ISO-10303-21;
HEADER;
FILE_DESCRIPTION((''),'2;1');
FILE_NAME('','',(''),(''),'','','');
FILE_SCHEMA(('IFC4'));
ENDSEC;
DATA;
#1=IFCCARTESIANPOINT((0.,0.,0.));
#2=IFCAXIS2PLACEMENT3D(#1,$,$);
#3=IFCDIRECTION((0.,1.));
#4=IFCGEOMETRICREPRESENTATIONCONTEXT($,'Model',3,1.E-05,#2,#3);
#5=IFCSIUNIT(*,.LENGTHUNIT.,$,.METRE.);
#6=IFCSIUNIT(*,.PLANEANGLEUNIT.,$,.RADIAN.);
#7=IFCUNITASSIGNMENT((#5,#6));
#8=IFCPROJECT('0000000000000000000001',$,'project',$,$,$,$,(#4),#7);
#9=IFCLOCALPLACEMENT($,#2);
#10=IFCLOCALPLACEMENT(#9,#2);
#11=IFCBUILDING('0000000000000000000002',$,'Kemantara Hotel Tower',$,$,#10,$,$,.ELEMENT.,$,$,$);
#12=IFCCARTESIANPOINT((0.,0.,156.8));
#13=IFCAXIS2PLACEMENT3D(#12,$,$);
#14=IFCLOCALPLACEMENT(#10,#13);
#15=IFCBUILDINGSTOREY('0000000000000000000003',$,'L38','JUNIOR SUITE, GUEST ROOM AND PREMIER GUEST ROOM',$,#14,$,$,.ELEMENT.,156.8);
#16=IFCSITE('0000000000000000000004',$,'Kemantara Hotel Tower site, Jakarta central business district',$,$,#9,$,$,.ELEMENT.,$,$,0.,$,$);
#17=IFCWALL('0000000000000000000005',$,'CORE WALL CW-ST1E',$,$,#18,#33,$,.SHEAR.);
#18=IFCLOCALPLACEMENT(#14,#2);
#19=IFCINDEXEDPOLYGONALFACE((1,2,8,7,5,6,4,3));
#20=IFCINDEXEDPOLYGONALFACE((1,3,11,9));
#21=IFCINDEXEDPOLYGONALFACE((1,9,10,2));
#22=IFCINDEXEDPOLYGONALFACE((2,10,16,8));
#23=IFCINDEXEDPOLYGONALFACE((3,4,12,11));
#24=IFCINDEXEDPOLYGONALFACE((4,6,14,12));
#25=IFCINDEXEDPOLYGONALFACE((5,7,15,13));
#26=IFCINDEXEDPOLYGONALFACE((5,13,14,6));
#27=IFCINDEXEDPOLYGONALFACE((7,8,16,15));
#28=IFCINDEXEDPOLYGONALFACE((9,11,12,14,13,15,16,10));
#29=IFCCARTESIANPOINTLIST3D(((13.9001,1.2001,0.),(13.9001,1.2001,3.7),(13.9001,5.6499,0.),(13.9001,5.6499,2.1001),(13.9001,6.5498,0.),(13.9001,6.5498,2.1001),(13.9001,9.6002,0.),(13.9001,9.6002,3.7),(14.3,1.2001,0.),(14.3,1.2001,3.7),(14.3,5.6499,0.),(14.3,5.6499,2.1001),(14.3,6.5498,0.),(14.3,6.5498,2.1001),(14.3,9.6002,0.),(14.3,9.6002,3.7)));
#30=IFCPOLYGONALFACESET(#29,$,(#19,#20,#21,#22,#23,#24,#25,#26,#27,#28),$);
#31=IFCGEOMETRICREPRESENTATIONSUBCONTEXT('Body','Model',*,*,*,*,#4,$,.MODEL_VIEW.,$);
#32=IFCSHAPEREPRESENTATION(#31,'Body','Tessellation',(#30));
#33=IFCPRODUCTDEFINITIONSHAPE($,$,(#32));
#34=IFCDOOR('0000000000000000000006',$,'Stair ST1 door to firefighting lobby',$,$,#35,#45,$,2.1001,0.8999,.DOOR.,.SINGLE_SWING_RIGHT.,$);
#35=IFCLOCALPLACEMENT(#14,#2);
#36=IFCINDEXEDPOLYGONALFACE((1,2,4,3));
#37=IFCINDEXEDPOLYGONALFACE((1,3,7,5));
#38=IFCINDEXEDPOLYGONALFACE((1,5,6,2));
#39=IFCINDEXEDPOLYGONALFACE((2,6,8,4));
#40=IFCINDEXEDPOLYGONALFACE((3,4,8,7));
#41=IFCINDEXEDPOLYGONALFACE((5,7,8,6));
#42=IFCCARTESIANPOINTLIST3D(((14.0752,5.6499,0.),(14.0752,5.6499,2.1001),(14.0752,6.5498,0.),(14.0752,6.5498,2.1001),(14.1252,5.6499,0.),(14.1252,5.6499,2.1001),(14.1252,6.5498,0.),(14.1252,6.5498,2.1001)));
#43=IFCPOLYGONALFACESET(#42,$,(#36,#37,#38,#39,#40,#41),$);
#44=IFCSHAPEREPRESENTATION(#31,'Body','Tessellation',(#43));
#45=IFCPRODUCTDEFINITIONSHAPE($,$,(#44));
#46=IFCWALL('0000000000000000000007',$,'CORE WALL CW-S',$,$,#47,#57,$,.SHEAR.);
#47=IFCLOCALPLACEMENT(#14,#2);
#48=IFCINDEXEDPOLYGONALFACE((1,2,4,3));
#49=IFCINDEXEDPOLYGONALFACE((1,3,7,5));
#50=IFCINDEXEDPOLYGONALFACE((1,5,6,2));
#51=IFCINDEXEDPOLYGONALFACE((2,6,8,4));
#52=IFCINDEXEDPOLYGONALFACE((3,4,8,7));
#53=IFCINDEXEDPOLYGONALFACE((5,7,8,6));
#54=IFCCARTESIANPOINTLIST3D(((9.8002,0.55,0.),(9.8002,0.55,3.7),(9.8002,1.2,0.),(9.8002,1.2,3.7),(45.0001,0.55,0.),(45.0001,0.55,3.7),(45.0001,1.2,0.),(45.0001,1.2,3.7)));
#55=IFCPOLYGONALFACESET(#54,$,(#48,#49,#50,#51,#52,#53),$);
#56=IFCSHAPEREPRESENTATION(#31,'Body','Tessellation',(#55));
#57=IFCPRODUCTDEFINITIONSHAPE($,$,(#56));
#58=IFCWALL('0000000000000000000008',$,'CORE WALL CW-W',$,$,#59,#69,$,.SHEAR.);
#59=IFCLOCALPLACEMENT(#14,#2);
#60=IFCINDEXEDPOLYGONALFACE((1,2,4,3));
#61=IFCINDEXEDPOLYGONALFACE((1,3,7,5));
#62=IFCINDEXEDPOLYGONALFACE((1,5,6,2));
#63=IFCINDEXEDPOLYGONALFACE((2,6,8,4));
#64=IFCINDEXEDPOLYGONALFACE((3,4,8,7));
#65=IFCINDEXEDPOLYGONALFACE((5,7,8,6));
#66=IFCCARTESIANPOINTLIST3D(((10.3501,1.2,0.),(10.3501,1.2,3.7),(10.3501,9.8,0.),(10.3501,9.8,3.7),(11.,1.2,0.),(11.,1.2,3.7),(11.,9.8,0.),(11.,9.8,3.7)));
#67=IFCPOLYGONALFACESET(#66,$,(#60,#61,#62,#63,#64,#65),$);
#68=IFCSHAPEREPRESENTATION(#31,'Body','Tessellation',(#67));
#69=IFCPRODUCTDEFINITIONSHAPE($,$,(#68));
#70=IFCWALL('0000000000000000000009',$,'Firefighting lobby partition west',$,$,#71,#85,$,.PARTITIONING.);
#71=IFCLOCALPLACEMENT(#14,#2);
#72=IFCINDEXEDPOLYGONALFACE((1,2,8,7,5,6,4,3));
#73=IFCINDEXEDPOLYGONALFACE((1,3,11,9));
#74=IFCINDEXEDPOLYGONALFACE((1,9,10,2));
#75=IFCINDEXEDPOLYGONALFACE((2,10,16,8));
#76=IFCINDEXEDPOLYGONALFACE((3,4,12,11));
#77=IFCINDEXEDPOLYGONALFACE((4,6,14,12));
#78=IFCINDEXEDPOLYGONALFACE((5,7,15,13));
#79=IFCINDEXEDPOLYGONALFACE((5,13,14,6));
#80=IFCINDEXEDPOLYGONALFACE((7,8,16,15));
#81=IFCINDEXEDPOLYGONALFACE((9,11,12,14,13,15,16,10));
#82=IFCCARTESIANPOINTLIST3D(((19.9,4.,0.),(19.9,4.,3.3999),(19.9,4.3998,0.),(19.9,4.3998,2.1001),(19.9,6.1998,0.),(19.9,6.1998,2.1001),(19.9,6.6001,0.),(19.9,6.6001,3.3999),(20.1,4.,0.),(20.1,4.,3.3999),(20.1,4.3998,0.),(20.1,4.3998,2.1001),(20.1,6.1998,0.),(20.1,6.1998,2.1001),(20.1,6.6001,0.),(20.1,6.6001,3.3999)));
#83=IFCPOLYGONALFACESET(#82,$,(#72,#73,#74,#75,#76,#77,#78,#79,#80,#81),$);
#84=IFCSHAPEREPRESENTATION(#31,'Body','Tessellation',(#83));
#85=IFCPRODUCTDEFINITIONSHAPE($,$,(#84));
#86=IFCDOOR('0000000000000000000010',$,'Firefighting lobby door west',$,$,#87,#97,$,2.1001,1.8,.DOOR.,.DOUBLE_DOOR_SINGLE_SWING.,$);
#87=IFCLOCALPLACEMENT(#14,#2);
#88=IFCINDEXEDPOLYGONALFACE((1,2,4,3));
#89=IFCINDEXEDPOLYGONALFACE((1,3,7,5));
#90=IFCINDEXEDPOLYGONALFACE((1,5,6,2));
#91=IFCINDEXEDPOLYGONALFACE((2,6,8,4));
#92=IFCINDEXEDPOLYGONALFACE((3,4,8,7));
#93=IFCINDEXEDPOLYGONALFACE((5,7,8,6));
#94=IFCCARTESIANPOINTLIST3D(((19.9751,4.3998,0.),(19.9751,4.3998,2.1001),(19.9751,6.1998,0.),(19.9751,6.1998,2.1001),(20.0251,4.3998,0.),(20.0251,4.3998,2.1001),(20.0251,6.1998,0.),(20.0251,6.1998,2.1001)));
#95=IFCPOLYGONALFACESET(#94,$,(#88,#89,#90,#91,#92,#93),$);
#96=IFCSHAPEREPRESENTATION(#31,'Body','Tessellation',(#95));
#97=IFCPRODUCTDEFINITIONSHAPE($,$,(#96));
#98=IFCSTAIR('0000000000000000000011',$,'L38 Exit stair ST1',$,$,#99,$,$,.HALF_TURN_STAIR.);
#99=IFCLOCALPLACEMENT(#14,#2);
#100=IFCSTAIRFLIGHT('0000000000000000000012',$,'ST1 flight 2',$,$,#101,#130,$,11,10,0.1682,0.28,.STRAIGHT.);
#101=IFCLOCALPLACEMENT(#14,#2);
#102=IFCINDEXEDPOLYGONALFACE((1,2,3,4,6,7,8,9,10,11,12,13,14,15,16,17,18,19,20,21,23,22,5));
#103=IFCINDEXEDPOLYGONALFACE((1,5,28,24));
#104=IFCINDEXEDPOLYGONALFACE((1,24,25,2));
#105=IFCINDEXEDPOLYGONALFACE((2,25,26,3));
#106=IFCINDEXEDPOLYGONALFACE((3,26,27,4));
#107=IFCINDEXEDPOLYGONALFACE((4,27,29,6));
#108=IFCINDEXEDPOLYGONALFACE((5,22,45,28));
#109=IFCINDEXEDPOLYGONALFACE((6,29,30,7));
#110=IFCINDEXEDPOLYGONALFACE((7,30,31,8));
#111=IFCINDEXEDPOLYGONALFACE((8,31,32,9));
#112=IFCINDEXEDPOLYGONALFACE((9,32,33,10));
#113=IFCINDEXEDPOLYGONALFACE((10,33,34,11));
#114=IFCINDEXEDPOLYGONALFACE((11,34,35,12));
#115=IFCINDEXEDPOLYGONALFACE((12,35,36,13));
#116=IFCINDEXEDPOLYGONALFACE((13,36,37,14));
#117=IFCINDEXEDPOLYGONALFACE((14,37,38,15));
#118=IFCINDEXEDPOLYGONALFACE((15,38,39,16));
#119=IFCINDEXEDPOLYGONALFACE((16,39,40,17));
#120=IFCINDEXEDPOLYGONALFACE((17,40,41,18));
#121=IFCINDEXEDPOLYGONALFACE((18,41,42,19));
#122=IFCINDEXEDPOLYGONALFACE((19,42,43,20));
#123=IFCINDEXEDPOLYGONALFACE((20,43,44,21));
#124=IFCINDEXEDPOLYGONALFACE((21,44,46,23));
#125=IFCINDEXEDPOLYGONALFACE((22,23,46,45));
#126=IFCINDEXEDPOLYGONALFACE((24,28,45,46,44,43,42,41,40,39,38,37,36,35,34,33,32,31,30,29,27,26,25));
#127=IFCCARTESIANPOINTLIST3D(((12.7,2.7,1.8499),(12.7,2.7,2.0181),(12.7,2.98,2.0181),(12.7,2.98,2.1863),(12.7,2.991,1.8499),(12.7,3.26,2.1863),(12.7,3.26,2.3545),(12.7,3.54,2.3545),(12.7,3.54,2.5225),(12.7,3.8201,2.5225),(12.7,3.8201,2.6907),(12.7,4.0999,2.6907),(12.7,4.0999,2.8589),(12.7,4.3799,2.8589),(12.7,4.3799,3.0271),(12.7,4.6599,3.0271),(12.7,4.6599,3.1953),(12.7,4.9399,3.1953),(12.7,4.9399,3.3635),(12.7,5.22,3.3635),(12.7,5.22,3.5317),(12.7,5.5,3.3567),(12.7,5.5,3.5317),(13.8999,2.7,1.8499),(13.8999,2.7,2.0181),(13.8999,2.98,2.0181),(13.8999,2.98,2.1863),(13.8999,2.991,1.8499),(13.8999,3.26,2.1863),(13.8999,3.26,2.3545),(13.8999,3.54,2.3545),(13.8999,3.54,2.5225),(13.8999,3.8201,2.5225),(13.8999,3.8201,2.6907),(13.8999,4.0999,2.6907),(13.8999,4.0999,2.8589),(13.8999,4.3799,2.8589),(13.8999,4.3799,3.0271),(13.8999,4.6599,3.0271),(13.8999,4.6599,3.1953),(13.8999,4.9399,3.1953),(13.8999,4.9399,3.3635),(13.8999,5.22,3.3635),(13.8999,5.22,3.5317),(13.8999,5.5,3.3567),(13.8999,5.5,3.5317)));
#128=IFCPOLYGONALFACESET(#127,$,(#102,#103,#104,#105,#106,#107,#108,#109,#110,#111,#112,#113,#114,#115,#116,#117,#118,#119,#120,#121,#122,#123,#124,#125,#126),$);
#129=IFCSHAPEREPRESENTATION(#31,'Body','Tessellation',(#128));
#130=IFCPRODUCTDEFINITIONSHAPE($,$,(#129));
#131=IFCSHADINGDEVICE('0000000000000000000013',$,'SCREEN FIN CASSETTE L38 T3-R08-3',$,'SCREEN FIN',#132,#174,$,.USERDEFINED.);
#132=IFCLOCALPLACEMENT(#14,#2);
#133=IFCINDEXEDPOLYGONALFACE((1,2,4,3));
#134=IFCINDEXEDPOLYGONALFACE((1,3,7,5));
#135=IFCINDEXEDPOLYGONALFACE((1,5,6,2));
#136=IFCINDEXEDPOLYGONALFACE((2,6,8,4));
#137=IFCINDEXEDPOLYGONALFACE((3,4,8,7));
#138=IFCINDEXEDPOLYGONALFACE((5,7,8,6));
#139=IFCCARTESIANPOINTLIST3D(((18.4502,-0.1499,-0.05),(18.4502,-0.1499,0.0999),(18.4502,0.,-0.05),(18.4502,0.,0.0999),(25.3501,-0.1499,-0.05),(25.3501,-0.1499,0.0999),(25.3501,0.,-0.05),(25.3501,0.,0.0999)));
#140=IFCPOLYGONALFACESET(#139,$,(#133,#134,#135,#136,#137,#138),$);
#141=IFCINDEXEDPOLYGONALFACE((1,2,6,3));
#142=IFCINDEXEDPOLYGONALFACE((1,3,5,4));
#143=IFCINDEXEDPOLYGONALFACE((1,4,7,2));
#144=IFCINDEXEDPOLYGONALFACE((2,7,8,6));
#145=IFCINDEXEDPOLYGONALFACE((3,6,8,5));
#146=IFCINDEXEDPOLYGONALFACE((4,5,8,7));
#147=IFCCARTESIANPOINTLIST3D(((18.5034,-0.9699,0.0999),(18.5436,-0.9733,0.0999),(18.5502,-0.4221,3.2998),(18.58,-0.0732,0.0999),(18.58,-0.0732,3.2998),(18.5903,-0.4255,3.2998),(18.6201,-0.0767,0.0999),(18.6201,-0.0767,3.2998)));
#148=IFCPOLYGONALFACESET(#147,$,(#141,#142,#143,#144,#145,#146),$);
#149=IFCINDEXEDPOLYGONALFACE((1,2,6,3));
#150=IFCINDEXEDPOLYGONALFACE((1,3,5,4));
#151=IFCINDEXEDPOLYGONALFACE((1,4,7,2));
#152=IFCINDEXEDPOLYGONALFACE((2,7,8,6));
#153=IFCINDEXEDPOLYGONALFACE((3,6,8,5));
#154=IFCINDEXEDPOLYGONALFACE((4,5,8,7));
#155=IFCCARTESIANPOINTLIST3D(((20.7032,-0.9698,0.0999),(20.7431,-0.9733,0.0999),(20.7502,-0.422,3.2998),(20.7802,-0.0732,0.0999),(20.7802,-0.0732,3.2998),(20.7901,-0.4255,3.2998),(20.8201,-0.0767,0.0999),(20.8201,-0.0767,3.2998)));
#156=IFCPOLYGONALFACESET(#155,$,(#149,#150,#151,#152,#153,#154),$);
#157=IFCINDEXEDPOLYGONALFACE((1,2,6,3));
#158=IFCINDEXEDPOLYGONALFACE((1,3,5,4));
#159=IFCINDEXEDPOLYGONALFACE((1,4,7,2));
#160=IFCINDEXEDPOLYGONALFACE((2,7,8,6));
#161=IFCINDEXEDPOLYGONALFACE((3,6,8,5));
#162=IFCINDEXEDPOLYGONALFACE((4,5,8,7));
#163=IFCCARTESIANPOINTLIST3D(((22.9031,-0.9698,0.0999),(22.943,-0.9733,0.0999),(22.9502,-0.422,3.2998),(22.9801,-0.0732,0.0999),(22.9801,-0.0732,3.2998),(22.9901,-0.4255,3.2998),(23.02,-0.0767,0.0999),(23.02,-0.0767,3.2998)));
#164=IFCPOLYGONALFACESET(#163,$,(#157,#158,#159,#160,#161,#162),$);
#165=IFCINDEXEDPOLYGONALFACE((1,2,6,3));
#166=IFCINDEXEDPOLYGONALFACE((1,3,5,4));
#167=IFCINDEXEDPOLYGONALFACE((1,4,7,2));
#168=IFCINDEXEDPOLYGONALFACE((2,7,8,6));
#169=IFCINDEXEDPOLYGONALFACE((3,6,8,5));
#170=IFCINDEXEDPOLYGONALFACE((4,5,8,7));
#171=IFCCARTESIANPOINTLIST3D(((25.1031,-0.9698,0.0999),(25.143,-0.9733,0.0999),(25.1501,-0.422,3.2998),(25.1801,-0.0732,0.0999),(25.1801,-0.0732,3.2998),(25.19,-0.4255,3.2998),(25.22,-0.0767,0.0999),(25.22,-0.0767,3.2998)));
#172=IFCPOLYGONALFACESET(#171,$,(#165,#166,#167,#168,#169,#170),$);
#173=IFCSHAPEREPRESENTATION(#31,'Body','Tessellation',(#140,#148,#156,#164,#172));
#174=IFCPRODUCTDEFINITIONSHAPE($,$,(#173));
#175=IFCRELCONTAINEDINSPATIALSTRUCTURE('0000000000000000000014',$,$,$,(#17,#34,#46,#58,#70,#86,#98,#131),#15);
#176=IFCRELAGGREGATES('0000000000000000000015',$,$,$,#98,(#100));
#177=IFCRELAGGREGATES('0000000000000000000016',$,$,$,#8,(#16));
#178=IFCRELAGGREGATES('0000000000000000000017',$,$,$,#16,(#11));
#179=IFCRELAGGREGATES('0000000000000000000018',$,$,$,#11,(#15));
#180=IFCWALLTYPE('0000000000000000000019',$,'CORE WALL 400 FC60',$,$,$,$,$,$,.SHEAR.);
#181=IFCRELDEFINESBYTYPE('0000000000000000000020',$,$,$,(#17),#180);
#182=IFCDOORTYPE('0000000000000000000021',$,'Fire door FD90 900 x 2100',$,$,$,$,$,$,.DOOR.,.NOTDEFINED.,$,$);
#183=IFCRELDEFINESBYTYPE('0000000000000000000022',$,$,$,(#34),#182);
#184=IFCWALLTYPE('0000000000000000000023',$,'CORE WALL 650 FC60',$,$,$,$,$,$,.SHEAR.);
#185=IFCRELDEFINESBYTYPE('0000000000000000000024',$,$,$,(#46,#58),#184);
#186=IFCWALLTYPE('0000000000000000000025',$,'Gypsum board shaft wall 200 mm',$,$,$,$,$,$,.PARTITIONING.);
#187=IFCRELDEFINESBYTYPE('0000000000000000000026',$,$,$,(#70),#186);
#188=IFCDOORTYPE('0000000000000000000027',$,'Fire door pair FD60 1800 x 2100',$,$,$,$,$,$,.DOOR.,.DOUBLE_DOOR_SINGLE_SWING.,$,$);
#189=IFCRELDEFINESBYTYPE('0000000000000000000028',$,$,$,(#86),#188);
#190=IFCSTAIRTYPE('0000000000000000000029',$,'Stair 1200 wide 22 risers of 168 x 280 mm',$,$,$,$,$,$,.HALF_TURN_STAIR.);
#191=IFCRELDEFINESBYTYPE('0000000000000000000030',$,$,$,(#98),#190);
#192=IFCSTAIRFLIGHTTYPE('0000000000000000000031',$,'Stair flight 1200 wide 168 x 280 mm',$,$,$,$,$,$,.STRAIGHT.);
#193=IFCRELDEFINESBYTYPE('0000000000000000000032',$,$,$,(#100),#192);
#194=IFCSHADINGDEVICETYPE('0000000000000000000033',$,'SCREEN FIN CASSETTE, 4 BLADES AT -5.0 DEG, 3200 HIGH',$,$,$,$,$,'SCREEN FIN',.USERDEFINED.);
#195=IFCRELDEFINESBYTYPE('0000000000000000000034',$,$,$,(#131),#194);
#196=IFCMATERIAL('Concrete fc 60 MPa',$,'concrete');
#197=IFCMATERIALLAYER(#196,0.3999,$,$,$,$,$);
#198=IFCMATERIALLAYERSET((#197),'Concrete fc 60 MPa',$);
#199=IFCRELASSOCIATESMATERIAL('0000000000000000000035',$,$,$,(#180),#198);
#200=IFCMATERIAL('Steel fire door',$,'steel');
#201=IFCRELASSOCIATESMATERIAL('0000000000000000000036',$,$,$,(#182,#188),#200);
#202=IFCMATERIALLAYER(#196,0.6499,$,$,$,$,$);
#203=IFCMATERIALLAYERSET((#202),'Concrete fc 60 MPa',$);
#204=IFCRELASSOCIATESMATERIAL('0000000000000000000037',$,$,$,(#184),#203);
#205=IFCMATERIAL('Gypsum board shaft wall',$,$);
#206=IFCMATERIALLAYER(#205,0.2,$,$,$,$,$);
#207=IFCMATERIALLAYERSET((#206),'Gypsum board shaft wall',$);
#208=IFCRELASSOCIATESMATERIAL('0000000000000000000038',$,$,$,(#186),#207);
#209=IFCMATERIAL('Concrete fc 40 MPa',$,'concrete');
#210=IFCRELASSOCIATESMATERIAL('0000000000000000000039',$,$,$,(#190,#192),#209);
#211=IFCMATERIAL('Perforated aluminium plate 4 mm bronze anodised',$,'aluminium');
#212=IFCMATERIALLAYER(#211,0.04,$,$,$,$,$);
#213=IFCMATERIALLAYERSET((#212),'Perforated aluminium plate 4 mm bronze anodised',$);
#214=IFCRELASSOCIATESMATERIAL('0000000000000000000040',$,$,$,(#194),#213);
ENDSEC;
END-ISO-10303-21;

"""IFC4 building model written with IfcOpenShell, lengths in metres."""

from ifc_helpers import new_model, si_unit, direction, frame, frame_2d, origin, origin_2d, place, context, subcontext, project, spatial, polyline, rectangle, outline, extrude, source, transform, mapped, material, layer, layer_set, type_object, element, fill, aggregate, save


model = new_model("IFC4")

# Units and contexts
model_context = context("Model", 3, precision=1e-05, world=origin(), true_north=direction((0.0, 1.0)))
body_context = subcontext(model_context, "Body", "Model", "MODEL_VIEW")
ifc_project = project(units=[si_unit("LENGTHUNIT", "METRE"), si_unit("PLANEANGLEUNIT", "RADIAN")], contexts=[model_context])

# Site, building, storey
site_placement = place(None, origin())
site = spatial("IfcSite", under=ifc_project, at=site_placement, Name="Kemantara Hotel Tower site, Jakarta central business district", CompositionType="ELEMENT", RefElevation=0.0)
building_placement = place(site_placement, origin())
building = spatial("IfcBuilding", under=site, at=building_placement, Name="Kemantara Hotel Tower", CompositionType="ELEMENT")
storey_placement = place(building_placement, frame((0.0, 0.0, 156.8)))
storey = spatial("IfcBuildingStorey", under=building, at=storey_placement, Name="L38", Description="JUNIOR SUITE, GUEST ROOM AND PREMIER GUEST ROOM", CompositionType="ELEMENT", Elevation=156.8)

# Shared definitions
ifc_material_1 = material(Name="Concrete fc 60 MPa", Category="concrete")

# Shared definitions
ifc_layer_1 = layer(ifc_material_1, 0.3999)
ifc_layer_set_1 = layer_set([ifc_layer_1], Name="Concrete fc 60 MPa")
wall_type_1 = type_object("IfcWallType", Name="CORE WALL 400 FC60", PredefinedType="SHEAR", material=ifc_layer_set_1)
ifc_material_2 = material(Name="Steel fire door", Category="steel")

# Wall, opening, door
wall_1_placement = place(storey_placement, frame((14.1001, 1.2, 0.0), z_axis=(0.0, 0.0, 1.0), x_axis=(0.0, 1.0, 0.0)))
wall_1 = element("IfcWall", 1, at=wall_1_placement, inside=storey, type_object=wall_type_1, Name="CORE WALL CW-ST1E", PredefinedType="SHEAR", context=body_context, shape_type="SweptSolid", body=[
    extrude(rectangle(XDim=8.4001, YDim=0.3999, at=frame_2d((4.2002, 0.0))), origin(), (0.0, 0.0, 1.0), 3.7),
])
opening_1_placement = place(wall_1_placement, frame((4.45, 0.0, 0.0)))
opening_1 = element("IfcOpeningElement", 2, at=opening_1_placement, cuts=wall_1, PredefinedType="OPENING", context=body_context, shape_type="SweptSolid", body=[
    extrude(rectangle(XDim=0.8999, YDim=2.1001, at=frame_2d((0.45, 1.05))), frame((0.0, 0.21, 0.0), z_axis=(0.0, -1.0, 0.0), x_axis=(1.0, 0.0, 0.0)), (0.0, 0.0, 1.0), 0.4199),
])
door_type_1 = type_object("IfcDoorType", Name="Fire door FD90 900 x 2100", OperationType="NOTDEFINED", PredefinedType="DOOR", material=ifc_material_2)
door_1_placement = place(opening_1_placement, origin())
door_1 = element("IfcDoor", 3, at=door_1_placement, inside=storey, type_object=door_type_1, Name="Stair ST1 door to firefighting lobby", OperationType="SINGLE_SWING_RIGHT", OverallHeight=2.1001, OverallWidth=0.8999, PredefinedType="DOOR", context=body_context, shape_type="SweptSolid", body=[
    extrude(rectangle(XDim=0.8999, YDim=2.1001, at=frame_2d((0.45, 1.05))), frame((0.0, 0.0249, 0.0), z_axis=(0.0, -1.0, 0.0), x_axis=(1.0, 0.0, 0.0)), (0.0, 0.0, 1.0), 0.05),
])
fill(opening_1, door_1)

# Walls
ifc_layer_2 = layer(ifc_material_1, 0.6499)
ifc_layer_set_2 = layer_set([ifc_layer_2], Name="Concrete fc 60 MPa")
wall_type_2 = type_object("IfcWallType", Name="CORE WALL 650 FC60", PredefinedType="SHEAR", material=ifc_layer_set_2)
wall_2_placement = place(storey_placement, frame((9.8, 0.875, 0.0), z_axis=(0.0, 0.0, 1.0), x_axis=(1.0, 0.0, 0.0)))
element("IfcWall", 4, at=wall_2_placement, inside=storey, type_object=wall_type_2, Name="CORE WALL CW-S", PredefinedType="SHEAR", context=body_context, shape_type="SweptSolid", body=[
    extrude(rectangle(XDim=35.2, YDim=0.6499, at=frame_2d((17.6001, 0.0))), origin(), (0.0, 0.0, 1.0), 3.7),
])
wall_3_placement = place(storey_placement, frame((10.675, 1.2, 0.0), z_axis=(0.0, 0.0, 1.0), x_axis=(0.0, 1.0, 0.0)))
element("IfcWall", 5, at=wall_3_placement, inside=storey, type_object=wall_type_2, Name="CORE WALL CW-W", PredefinedType="SHEAR", context=body_context, shape_type="SweptSolid", body=[
    extrude(rectangle(XDim=8.6001, YDim=0.6499, at=frame_2d((4.3, 0.0))), origin(), (0.0, 0.0, 1.0), 3.7),
])

# Wall, opening, door
ifc_material_3 = material(Name="Gypsum board shaft wall")
ifc_layer_3 = layer(ifc_material_3, 0.2)
ifc_layer_set_3 = layer_set([ifc_layer_3], Name="Gypsum board shaft wall")
wall_type_3 = type_object("IfcWallType", Name="Gypsum board shaft wall 200 mm", PredefinedType="PARTITIONING", material=ifc_layer_set_3)
wall_4_placement = place(storey_placement, frame((20.0, 4.0, 0.0), z_axis=(0.0, 0.0, 1.0), x_axis=(0.0, 1.0, 0.0)))
wall_4 = element("IfcWall", 6, at=wall_4_placement, inside=storey, type_object=wall_type_3, Name="Firefighting lobby partition west", PredefinedType="PARTITIONING", context=body_context, shape_type="SweptSolid", body=[
    extrude(rectangle(XDim=2.6001, YDim=0.2, at=frame_2d((1.3, 0.0))), origin(), (0.0, 0.0, 1.0), 3.3999),
])
opening_2_placement = place(wall_4_placement, frame((0.3999, 0.0, 0.0)))
opening_2 = element("IfcOpeningElement", 7, at=opening_2_placement, cuts=wall_4, PredefinedType="OPENING", context=body_context, shape_type="SweptSolid", body=[
    extrude(rectangle(XDim=1.8, YDim=2.1001, at=frame_2d((0.8999, 1.05))), frame((0.0, 0.1099, 0.0), z_axis=(0.0, -1.0, 0.0), x_axis=(1.0, 0.0, 0.0)), (0.0, 0.0, 1.0), 0.22),
])
door_type_2 = type_object("IfcDoorType", Name="Fire door pair FD60 1800 x 2100", OperationType="DOUBLE_DOOR_SINGLE_SWING", PredefinedType="DOOR", material=ifc_material_2)
door_2_placement = place(opening_2_placement, origin())
door_2 = element("IfcDoor", 8, at=door_2_placement, inside=storey, type_object=door_type_2, Name="Firefighting lobby door west", OperationType="DOUBLE_DOOR_SINGLE_SWING", OverallHeight=2.1001, OverallWidth=1.8, PredefinedType="DOOR", context=body_context, shape_type="SweptSolid", body=[
    extrude(rectangle(XDim=1.8, YDim=2.1001, at=frame_2d((0.8999, 1.05))), frame((0.0, 0.0249, 0.0), z_axis=(0.0, -1.0, 0.0), x_axis=(1.0, 0.0, 0.0)), (0.0, 0.0, 1.0), 0.05),
])
fill(opening_2, door_2)

# Stair, stair flight
ifc_material_4 = material(Name="Concrete fc 40 MPa", Category="concrete")
stair_type = type_object("IfcStairType", Name="Stair 1200 wide 22 risers of 168 x 280 mm", PredefinedType="HALF_TURN_STAIR", material=ifc_material_4)
stair_placement = place(storey_placement, origin())
stair = element("IfcStair", 9, at=stair_placement, inside=storey, type_object=stair_type, Name="L38 Exit stair ST1", PredefinedType="HALF_TURN_STAIR")
stair_flight_type = type_object("IfcStairFlightType", Name="Stair flight 1200 wide 168 x 280 mm", PredefinedType="STRAIGHT", material=ifc_material_4)
stair_flight_placement = place(storey_placement, frame((13.3, 2.7, 1.8499), z_axis=(0.0, 0.0, 1.0), x_axis=(0.0, 1.0, 0.0)))
stair_flight = element("IfcStairFlight", 10, at=stair_flight_placement, type_object=stair_flight_type, Name="ST1 flight 2", NumberOfRisers=11, NumberOfTreads=10, PredefinedType="STRAIGHT", RiserHeight=0.1682, TreadLength=0.28, context=body_context, shape_type="SweptSolid", body=[
    extrude(outline(polyline([(0.0, 0.0), (0.0, 0.1682), (0.28, 0.1682), (0.28, 0.3364), (0.5601, 0.3364), (0.5601, 0.5046), (0.8401, 0.5046), (0.8401, 0.6726), (1.1201, 0.6726), (1.1201, 0.8408), (1.3999, 0.8408), (1.3999, 1.009), (1.6799, 1.009), (1.6799, 1.1772), (1.96, 1.1772), (1.96, 1.3455), (2.24, 1.3455), (2.24, 1.5137), (2.52, 1.5137), (2.52, 1.6819), (2.8, 1.6819), (2.8, 1.8501), (2.8, 1.5068), (0.291, 0.0), (0.0, 0.0)])), frame((0.0, 0.6001, 0.0), z_axis=(0.0, -1.0, 0.0), x_axis=(1.0, 0.0, 0.0)), (0.0, 0.0, 1.0), 1.2),
])
aggregate(stair, [stair_flight])

# Shading device
ifc_material_5 = material(Name="Perforated aluminium plate 4 mm bronze anodised", Category="aluminium")
ifc_layer_4 = layer(ifc_material_5, 0.04)
ifc_layer_set_4 = layer_set([ifc_layer_4], Name="Perforated aluminium plate 4 mm bronze anodised")
shading_device_type = type_object("IfcShadingDeviceType", Name="SCREEN FIN CASSETTE, 4 BLADES AT -5.0 DEG, 3200 HIGH", ElementType="SCREEN FIN", PredefinedType="USERDEFINED", material=ifc_layer_set_4)
shared_shape = source(origin(), body_context, "Body", "SweptSolid", [
    extrude(rectangle(XDim=6.8999, YDim=0.1499, at=origin_2d()), frame((3.3, -0.075, -0.1499), z_axis=(0.0, 0.0, 1.0), x_axis=(1.0, 0.0, 0.0)), (0.0, 0.0, 1.0), 0.1499),
    extrude(outline(polyline([(0.0, 0.0), (0.8999, 0.0), (0.3501, 3.2), (0.0, 3.2), (0.0, 0.0)])), frame((0.02, -0.0767, 0.0), z_axis=(-0.996376, 0.085056, 0.0), x_axis=(-0.085056, -0.996376, 0.0)), (0.0, 0.0, 1.0), 0.0403),
    extrude(outline(polyline([(0.0, 0.0), (0.8999, 0.0), (0.3501, 3.2), (0.0, 3.2), (0.0, 0.0)])), frame((2.22, -0.0767, 0.0), z_axis=(-0.996332, 0.085575, 0.0), x_axis=(-0.085575, -0.996332, 0.0)), (0.0, 0.0, 1.0), 0.04),
    extrude(outline(polyline([(0.0, 0.0), (0.8999, 0.0), (0.3501, 3.2), (0.0, 3.2), (0.0, 0.0)])), frame((4.4199, -0.0767, 0.0), z_axis=(-0.996332, 0.085575, 0.0), x_axis=(-0.085575, -0.996332, 0.0)), (0.0, 0.0, 1.0), 0.04),
    extrude(outline(polyline([(0.0, 0.0), (0.8999, 0.0), (0.3501, 3.2), (0.0, 3.2), (0.0, 0.0)])), frame((6.6199, -0.0767, 0.0), z_axis=(-0.996332, 0.085575, 0.0), x_axis=(-0.085575, -0.996332, 0.0)), (0.0, 0.0, 1.0), 0.04),
])
shading_device_placement = place(storey_placement, frame((18.6001, 0.0, 0.0999), z_axis=(0.0, 0.0, 1.0), x_axis=(1.0, 0.0, 0.0)))
element("IfcShadingDevice", 11, at=shading_device_placement, inside=storey, type_object=shading_device_type, Name="SCREEN FIN CASSETTE L38 T3-R08-3", ObjectType="SCREEN FIN", PredefinedType="USERDEFINED", context=body_context, shape_type="MappedRepresentation", body=[
    mapped(shared_shape, transform((0.0, 0.0, 0.0))),
])

save(model, "model.ifc")
